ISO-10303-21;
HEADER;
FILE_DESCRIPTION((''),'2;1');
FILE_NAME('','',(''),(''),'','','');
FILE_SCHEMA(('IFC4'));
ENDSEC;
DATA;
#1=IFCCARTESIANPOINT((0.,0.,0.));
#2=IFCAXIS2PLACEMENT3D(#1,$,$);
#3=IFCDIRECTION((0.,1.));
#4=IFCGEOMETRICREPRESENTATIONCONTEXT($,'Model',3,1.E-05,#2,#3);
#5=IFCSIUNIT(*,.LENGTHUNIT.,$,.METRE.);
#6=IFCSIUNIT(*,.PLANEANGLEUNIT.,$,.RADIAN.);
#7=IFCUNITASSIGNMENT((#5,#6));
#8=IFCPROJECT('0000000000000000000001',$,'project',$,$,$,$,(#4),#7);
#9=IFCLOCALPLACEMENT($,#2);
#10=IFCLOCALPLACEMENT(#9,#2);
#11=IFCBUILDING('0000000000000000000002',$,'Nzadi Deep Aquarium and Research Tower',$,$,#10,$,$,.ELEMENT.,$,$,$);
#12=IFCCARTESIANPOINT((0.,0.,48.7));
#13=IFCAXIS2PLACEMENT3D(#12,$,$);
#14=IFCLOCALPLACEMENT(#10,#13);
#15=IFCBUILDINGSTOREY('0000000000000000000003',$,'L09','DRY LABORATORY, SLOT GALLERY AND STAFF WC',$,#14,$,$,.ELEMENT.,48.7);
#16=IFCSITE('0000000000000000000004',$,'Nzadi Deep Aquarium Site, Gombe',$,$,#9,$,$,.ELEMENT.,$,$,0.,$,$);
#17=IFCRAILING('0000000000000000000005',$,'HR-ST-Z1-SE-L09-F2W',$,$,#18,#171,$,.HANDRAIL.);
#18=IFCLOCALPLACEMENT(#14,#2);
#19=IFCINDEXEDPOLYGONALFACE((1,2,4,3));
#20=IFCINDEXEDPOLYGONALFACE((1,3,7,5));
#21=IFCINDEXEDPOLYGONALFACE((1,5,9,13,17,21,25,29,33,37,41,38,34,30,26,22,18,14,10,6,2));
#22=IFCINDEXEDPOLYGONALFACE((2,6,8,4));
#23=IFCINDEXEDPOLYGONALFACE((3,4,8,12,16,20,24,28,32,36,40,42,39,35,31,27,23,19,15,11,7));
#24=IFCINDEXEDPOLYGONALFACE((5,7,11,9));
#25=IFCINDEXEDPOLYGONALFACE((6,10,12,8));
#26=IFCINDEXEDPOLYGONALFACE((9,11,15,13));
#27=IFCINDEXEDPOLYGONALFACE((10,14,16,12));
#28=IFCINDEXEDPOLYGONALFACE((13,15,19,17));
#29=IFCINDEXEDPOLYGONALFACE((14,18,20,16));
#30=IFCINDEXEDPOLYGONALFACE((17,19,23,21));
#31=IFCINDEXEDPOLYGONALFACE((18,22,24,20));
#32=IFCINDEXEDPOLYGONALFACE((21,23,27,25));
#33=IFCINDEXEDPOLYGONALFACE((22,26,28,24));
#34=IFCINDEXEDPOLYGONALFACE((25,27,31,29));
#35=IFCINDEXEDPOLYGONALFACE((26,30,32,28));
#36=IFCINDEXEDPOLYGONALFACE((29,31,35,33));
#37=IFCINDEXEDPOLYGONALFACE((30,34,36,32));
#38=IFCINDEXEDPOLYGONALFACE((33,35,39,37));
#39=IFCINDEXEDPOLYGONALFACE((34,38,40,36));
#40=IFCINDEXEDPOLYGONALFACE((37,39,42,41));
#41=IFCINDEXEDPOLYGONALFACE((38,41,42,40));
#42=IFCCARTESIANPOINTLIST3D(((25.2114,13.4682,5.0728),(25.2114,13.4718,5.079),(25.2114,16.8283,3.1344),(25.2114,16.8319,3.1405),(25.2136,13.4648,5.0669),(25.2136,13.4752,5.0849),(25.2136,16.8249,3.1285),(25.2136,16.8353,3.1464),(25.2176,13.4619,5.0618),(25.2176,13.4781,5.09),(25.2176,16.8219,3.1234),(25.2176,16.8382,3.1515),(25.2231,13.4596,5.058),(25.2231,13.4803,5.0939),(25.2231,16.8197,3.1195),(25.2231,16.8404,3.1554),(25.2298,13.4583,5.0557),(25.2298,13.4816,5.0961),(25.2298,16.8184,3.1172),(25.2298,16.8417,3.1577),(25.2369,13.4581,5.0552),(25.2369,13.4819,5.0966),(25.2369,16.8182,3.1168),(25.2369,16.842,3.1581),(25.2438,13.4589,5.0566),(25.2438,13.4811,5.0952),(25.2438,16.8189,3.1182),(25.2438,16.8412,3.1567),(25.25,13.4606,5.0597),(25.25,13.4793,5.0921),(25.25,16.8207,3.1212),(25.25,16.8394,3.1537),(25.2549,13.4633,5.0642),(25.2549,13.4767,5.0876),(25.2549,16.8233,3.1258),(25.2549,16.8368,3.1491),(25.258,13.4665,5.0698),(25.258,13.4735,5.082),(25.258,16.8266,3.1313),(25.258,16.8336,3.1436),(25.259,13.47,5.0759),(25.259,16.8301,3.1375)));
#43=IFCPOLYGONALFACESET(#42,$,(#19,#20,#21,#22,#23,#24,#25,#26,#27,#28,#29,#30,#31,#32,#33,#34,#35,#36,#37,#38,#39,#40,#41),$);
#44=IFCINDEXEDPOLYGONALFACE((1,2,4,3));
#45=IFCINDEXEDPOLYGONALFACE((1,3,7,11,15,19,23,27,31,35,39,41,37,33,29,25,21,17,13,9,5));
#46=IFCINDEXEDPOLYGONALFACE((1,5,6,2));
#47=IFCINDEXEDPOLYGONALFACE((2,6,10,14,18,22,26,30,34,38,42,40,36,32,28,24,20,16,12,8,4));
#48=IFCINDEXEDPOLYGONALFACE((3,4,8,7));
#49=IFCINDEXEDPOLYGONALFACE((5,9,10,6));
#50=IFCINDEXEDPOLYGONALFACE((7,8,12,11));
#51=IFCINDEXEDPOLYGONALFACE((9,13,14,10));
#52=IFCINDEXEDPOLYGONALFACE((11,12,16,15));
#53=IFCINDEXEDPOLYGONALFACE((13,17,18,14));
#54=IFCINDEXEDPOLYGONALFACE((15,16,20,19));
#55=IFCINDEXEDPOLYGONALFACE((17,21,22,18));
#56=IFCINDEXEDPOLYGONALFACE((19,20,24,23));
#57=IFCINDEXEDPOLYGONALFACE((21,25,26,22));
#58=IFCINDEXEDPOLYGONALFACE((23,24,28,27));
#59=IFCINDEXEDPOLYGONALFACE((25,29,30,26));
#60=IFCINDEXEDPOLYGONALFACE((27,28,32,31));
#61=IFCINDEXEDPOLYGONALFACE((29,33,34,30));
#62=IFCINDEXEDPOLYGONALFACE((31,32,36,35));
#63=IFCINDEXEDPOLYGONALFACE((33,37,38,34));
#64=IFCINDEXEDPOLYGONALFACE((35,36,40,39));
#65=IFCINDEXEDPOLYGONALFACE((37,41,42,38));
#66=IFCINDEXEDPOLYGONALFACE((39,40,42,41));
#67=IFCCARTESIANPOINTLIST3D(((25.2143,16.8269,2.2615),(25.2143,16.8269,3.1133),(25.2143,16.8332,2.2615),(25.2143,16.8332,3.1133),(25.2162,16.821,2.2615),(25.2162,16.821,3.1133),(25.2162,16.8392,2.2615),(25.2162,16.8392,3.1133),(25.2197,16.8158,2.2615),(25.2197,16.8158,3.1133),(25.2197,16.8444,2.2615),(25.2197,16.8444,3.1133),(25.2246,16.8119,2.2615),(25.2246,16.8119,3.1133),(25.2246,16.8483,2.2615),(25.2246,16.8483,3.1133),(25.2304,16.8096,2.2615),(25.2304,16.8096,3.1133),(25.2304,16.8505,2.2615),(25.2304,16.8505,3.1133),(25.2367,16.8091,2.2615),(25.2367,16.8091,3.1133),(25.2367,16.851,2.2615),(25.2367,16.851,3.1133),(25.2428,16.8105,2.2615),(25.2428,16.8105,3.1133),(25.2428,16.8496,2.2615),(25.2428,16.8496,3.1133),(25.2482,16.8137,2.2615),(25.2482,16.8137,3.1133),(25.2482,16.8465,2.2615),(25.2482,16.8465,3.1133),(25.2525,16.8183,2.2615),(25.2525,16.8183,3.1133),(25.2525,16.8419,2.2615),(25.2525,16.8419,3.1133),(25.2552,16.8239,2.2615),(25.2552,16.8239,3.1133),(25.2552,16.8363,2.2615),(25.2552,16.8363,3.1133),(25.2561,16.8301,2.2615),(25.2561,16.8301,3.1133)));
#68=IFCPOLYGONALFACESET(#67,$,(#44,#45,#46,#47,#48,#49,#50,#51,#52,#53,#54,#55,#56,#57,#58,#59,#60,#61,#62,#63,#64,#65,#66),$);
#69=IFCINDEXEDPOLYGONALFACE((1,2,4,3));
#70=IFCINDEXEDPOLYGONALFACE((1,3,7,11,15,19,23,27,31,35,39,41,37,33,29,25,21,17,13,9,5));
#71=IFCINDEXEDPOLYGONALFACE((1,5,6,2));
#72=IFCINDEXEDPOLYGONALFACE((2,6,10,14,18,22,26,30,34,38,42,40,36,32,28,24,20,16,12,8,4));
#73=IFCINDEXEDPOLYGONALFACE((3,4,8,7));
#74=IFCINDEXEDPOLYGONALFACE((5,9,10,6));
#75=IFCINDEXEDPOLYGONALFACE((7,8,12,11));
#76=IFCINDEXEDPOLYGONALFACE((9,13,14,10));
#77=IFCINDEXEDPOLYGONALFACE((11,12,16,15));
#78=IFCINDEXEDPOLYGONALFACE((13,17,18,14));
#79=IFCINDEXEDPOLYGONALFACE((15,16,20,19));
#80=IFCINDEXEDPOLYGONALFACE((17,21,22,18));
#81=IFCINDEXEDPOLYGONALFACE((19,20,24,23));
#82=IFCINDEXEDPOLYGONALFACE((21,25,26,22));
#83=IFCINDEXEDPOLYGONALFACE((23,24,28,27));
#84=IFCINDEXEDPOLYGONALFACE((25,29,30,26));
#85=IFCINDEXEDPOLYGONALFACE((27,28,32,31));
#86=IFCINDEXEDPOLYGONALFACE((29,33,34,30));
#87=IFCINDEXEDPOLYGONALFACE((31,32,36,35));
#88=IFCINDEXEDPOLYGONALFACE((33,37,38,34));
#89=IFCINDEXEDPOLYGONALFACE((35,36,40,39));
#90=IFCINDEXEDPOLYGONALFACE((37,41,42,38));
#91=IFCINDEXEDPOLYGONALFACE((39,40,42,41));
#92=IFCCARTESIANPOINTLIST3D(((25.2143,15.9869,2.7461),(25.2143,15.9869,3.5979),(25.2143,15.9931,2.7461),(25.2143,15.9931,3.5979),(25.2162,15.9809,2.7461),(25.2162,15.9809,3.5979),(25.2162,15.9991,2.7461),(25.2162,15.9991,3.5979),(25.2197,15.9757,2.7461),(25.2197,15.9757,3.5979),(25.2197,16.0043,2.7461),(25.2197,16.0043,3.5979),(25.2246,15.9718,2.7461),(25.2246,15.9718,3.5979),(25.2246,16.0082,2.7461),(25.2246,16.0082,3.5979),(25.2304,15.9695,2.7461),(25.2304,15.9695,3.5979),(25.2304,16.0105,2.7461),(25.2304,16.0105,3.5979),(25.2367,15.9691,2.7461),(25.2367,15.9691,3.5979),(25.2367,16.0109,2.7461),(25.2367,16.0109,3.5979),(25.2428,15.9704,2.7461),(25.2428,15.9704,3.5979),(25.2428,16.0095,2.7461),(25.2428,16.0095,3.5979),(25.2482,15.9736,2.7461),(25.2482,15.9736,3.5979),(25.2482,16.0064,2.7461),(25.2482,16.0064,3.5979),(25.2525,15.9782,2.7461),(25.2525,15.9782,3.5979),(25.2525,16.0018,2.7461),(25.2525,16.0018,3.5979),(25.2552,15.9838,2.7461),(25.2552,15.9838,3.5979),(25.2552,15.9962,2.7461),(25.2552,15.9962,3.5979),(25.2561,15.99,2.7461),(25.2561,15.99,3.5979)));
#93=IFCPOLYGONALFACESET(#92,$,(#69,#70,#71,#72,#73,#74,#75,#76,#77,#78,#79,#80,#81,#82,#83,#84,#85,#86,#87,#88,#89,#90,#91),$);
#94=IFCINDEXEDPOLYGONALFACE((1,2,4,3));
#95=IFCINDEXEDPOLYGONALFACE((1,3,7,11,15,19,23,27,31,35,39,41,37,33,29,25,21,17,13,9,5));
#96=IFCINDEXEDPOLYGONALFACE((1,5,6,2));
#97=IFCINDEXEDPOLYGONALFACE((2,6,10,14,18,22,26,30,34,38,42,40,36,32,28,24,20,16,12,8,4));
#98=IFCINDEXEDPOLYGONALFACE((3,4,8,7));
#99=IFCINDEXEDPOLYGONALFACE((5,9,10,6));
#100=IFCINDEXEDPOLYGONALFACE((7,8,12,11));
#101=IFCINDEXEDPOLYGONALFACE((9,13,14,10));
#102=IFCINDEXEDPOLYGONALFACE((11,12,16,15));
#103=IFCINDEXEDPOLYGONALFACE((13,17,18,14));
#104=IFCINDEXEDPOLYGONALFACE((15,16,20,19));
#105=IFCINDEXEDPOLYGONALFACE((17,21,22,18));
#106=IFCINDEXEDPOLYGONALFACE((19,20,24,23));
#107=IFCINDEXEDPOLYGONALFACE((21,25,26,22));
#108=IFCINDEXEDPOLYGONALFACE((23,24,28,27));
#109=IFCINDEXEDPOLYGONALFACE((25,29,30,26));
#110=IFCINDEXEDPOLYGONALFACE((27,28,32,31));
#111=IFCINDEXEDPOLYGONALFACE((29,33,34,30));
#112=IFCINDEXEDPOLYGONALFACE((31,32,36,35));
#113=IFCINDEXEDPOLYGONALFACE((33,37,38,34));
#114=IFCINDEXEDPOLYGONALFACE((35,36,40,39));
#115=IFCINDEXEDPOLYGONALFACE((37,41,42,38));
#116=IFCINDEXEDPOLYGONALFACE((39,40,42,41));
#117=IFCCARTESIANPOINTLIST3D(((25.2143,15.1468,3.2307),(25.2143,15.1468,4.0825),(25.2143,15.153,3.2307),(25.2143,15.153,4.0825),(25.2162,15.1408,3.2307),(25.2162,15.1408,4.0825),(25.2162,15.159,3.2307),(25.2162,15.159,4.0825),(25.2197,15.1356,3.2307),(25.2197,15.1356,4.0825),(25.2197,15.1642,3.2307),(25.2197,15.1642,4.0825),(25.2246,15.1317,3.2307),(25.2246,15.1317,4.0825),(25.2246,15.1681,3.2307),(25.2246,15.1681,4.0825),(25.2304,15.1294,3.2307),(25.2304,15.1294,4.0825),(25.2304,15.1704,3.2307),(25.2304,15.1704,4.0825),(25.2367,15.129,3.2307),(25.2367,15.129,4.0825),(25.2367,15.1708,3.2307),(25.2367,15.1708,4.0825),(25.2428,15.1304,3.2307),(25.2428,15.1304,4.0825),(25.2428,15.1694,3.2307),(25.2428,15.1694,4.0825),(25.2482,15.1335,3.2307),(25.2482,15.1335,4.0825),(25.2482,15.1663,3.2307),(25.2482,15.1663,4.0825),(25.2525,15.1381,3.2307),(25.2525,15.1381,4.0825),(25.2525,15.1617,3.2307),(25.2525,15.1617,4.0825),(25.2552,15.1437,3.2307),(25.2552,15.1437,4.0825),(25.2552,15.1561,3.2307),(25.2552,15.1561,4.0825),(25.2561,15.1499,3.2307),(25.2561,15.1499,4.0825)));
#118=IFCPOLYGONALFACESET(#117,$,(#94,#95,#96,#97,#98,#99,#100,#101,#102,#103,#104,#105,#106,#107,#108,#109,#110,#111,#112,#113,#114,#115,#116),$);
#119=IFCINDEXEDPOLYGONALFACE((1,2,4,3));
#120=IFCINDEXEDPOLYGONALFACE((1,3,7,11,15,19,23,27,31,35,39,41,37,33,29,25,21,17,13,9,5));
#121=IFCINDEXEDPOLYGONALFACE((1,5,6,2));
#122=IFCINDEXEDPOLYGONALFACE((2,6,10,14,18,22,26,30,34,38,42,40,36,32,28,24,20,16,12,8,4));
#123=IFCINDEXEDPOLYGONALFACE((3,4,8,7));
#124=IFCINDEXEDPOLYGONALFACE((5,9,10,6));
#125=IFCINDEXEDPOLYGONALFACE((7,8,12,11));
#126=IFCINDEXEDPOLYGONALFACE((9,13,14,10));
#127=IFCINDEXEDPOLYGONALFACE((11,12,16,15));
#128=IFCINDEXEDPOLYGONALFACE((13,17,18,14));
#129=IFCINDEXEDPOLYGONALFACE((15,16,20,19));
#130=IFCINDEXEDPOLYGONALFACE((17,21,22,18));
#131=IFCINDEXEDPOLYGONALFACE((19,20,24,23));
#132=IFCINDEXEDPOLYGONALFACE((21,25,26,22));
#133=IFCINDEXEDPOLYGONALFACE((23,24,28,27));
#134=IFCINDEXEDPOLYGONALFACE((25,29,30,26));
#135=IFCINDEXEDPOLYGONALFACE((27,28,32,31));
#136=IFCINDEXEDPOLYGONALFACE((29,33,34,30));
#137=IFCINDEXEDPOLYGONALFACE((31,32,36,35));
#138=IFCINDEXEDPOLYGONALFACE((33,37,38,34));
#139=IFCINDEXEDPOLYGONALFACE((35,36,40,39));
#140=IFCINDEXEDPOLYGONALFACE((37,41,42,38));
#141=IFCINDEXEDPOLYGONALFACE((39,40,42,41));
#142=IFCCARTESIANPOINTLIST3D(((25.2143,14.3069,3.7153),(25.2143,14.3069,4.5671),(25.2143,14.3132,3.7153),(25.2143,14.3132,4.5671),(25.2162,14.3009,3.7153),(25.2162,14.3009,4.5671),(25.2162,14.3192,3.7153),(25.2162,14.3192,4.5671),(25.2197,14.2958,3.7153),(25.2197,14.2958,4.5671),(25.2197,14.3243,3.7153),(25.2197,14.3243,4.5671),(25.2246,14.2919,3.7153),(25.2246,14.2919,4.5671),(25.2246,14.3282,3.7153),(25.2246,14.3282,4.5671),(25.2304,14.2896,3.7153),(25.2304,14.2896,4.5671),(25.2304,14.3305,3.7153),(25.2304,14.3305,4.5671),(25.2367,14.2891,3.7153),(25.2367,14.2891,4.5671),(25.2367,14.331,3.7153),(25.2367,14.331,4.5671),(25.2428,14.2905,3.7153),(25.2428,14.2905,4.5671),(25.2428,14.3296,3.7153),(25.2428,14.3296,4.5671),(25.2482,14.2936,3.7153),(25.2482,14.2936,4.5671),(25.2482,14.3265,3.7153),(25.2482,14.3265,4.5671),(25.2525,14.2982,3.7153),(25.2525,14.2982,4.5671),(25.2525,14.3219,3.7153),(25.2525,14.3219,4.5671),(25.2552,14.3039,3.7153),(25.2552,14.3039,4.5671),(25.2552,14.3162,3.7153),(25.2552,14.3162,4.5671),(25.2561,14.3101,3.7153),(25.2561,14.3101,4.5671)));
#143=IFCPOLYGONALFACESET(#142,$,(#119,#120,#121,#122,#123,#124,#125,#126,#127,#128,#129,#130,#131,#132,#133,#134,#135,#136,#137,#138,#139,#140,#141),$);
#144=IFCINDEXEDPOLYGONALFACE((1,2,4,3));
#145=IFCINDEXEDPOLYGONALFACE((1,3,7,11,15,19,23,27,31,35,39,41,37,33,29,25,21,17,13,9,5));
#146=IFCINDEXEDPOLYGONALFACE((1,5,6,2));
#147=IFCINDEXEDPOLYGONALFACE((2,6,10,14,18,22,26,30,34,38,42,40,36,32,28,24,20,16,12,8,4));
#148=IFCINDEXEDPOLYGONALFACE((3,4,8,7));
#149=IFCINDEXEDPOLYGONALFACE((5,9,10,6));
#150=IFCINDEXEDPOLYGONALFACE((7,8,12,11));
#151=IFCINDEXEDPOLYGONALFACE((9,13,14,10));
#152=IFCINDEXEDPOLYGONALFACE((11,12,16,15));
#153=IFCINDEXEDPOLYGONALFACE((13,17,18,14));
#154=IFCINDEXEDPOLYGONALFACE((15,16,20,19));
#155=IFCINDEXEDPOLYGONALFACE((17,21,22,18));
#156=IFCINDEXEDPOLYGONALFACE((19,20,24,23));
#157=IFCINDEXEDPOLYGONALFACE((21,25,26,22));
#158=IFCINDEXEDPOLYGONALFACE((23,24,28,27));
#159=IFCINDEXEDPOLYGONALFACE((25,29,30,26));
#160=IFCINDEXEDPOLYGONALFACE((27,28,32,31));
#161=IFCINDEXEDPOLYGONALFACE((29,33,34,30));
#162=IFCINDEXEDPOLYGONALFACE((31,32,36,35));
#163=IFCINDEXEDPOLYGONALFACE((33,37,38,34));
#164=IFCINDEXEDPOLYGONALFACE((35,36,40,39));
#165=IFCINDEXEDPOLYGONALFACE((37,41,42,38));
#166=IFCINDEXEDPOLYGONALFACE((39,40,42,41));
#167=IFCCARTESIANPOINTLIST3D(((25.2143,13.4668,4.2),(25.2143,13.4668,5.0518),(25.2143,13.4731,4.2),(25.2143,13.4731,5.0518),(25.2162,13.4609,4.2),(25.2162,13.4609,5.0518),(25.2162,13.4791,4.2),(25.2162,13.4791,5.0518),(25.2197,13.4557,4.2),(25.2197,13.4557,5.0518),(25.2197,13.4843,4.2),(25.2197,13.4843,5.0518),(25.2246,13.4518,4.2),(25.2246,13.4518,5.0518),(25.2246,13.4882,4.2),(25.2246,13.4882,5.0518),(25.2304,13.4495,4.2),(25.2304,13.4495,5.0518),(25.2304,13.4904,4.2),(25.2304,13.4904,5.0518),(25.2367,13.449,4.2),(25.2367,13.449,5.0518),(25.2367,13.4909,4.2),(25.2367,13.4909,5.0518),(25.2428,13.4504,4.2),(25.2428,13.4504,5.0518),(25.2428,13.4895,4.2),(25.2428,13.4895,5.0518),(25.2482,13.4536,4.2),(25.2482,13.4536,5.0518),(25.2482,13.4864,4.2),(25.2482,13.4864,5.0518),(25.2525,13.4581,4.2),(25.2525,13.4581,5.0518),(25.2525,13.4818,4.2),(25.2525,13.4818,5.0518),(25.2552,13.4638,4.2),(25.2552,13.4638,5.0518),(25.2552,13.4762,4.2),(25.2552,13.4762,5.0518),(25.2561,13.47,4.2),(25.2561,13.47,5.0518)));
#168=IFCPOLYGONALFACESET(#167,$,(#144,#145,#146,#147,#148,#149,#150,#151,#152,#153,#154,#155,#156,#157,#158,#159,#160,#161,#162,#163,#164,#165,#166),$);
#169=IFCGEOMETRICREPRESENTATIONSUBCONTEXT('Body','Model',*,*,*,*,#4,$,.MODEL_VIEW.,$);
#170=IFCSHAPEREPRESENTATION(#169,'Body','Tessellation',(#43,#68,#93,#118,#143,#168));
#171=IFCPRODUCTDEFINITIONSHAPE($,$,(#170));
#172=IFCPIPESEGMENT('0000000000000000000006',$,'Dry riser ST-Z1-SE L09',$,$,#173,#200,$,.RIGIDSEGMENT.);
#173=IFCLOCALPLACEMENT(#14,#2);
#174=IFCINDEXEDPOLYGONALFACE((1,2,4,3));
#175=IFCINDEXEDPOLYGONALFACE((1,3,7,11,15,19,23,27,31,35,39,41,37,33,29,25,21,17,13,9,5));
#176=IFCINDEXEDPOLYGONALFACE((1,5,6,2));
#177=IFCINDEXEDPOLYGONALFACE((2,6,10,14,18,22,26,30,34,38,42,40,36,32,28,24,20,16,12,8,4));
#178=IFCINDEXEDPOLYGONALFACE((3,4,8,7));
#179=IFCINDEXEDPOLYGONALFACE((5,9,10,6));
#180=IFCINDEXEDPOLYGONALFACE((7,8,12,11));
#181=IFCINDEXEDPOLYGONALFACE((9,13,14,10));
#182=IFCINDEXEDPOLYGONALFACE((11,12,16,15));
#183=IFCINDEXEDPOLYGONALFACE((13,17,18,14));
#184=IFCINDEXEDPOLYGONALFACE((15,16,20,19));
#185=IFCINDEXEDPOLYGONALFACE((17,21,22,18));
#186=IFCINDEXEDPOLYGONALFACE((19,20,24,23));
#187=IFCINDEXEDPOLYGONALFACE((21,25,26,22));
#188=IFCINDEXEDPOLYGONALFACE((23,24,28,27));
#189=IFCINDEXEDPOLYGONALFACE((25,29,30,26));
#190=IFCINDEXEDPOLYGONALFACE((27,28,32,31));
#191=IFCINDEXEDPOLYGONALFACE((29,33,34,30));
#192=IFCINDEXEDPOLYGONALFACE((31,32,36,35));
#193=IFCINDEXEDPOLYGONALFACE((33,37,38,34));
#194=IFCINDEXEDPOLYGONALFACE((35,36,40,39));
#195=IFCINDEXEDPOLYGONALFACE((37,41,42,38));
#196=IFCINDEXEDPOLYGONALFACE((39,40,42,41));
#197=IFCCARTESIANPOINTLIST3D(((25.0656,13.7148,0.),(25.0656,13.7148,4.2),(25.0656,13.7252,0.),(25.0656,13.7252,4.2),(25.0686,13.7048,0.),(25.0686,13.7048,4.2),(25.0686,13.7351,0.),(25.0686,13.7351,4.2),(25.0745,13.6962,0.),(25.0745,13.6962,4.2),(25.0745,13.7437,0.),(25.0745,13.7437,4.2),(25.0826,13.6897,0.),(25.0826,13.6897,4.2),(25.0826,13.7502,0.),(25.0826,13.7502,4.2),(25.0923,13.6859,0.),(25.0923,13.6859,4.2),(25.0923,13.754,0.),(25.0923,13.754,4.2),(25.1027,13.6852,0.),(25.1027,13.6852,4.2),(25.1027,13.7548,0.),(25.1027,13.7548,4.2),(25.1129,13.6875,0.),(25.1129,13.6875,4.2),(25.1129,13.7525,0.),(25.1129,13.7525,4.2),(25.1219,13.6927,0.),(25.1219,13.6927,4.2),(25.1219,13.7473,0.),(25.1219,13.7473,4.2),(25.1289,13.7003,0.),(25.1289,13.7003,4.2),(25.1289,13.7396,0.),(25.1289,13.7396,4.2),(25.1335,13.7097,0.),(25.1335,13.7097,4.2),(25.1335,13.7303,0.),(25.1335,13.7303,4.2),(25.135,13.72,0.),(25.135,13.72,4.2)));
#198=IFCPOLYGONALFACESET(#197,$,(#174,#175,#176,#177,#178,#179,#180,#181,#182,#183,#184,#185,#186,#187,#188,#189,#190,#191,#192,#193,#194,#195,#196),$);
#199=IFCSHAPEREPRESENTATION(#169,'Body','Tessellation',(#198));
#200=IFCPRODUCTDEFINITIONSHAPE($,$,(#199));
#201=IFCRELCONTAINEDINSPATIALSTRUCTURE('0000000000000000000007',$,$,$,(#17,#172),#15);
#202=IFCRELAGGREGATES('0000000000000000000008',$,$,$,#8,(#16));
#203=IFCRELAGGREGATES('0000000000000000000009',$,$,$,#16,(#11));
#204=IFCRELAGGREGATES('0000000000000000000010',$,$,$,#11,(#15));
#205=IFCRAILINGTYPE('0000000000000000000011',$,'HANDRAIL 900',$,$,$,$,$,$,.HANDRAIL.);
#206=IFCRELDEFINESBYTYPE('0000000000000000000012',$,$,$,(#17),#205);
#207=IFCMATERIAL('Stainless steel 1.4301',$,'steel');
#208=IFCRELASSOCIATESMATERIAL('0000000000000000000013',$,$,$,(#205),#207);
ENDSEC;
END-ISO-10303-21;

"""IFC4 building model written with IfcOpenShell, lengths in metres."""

from ifc_helpers import new_model, si_unit, direction, frame, origin, origin_2d, place, context, subcontext, project, spatial, circle, extrude, material, type_object, element, save


model = new_model("IFC4")

# Units and contexts
model_context = context("Model", 3, precision=1e-05, world=origin(), true_north=direction((0.0, 1.0)))
body_context = subcontext(model_context, "Body", "Model", "MODEL_VIEW")
ifc_project = project(units=[si_unit("LENGTHUNIT", "METRE"), si_unit("PLANEANGLEUNIT", "RADIAN")], contexts=[model_context])

# Site, building, storey
site_placement = place(None, origin())
site = spatial("IfcSite", under=ifc_project, at=site_placement, Name="Nzadi Deep Aquarium Site, Gombe", CompositionType="ELEMENT", RefElevation=0.0)
building_placement = place(site_placement, origin())
building = spatial("IfcBuilding", under=site, at=building_placement, Name="Nzadi Deep Aquarium and Research Tower", CompositionType="ELEMENT")
storey_placement = place(building_placement, frame((0.0, 0.0, 48.7)))
storey = spatial("IfcBuildingStorey", under=building, at=storey_placement, Name="L09", Description="DRY LABORATORY, SLOT GALLERY AND STAFF WC", CompositionType="ELEMENT", Elevation=48.7)

# Railing
ifc_material_1 = material(Name="Stainless steel 1.4301", Category="steel")
railing_type = type_object("IfcRailingType", Name="HANDRAIL 900", PredefinedType="HANDRAIL", material=ifc_material_1)
railing_1_placement = place(storey_placement, frame((25.2351, 16.8301, 2.2615)))
element("IfcRailing", 1, at=railing_1_placement, inside=storey, type_object=railing_type, Name="HR-ST-Z1-SE-L09-F2W", PredefinedType="HANDRAIL", context=body_context, shape_type="SweptSolid", body=[
    extrude(circle(Radius=0.0239, at=origin_2d()), frame((0.0, 0.0, 0.876), z_axis=(0.0, -0.866191, 0.499713), x_axis=(1.0, 0.0, 0.0)), (0.0, 0.0, 1.0), 3.8792),
    extrude(circle(Radius=0.021, at=origin_2d()), origin(), (0.0, 0.0, 1.0), 0.8518),
    extrude(circle(Radius=0.021, at=origin_2d()), frame((0.0, -0.8401, 0.4846)), (0.0, 0.0, 1.0), 0.8518),
    extrude(circle(Radius=0.021, at=origin_2d()), frame((0.0, -1.6802, 0.9692)), (0.0, 0.0, 1.0), 0.8518),
    extrude(circle(Radius=0.021, at=origin_2d()), frame((0.0, -2.52, 1.4539)), (0.0, 0.0, 1.0), 0.8518),
    extrude(circle(Radius=0.021, at=origin_2d()), frame((0.0, -3.3601, 1.9385)), (0.0, 0.0, 1.0), 0.8518),
])

# Pipe segment
pipe_segment_placement = place(storey_placement, frame((25.1001, 13.72, 0.0), z_axis=(0.0, 0.0, 1.0), x_axis=(1.0, 0.0, 0.0)))
element("IfcPipeSegment", 2, at=pipe_segment_placement, inside=storey, Name="Dry riser ST-Z1-SE L09", PredefinedType="RIGIDSEGMENT", context=body_context, shape_type="SweptSolid", body=[
    extrude(circle(Radius=0.0349, at=origin_2d()), origin(), (0.0, 0.0, 1.0), 4.2),
])

save(model, "model.ifc")
